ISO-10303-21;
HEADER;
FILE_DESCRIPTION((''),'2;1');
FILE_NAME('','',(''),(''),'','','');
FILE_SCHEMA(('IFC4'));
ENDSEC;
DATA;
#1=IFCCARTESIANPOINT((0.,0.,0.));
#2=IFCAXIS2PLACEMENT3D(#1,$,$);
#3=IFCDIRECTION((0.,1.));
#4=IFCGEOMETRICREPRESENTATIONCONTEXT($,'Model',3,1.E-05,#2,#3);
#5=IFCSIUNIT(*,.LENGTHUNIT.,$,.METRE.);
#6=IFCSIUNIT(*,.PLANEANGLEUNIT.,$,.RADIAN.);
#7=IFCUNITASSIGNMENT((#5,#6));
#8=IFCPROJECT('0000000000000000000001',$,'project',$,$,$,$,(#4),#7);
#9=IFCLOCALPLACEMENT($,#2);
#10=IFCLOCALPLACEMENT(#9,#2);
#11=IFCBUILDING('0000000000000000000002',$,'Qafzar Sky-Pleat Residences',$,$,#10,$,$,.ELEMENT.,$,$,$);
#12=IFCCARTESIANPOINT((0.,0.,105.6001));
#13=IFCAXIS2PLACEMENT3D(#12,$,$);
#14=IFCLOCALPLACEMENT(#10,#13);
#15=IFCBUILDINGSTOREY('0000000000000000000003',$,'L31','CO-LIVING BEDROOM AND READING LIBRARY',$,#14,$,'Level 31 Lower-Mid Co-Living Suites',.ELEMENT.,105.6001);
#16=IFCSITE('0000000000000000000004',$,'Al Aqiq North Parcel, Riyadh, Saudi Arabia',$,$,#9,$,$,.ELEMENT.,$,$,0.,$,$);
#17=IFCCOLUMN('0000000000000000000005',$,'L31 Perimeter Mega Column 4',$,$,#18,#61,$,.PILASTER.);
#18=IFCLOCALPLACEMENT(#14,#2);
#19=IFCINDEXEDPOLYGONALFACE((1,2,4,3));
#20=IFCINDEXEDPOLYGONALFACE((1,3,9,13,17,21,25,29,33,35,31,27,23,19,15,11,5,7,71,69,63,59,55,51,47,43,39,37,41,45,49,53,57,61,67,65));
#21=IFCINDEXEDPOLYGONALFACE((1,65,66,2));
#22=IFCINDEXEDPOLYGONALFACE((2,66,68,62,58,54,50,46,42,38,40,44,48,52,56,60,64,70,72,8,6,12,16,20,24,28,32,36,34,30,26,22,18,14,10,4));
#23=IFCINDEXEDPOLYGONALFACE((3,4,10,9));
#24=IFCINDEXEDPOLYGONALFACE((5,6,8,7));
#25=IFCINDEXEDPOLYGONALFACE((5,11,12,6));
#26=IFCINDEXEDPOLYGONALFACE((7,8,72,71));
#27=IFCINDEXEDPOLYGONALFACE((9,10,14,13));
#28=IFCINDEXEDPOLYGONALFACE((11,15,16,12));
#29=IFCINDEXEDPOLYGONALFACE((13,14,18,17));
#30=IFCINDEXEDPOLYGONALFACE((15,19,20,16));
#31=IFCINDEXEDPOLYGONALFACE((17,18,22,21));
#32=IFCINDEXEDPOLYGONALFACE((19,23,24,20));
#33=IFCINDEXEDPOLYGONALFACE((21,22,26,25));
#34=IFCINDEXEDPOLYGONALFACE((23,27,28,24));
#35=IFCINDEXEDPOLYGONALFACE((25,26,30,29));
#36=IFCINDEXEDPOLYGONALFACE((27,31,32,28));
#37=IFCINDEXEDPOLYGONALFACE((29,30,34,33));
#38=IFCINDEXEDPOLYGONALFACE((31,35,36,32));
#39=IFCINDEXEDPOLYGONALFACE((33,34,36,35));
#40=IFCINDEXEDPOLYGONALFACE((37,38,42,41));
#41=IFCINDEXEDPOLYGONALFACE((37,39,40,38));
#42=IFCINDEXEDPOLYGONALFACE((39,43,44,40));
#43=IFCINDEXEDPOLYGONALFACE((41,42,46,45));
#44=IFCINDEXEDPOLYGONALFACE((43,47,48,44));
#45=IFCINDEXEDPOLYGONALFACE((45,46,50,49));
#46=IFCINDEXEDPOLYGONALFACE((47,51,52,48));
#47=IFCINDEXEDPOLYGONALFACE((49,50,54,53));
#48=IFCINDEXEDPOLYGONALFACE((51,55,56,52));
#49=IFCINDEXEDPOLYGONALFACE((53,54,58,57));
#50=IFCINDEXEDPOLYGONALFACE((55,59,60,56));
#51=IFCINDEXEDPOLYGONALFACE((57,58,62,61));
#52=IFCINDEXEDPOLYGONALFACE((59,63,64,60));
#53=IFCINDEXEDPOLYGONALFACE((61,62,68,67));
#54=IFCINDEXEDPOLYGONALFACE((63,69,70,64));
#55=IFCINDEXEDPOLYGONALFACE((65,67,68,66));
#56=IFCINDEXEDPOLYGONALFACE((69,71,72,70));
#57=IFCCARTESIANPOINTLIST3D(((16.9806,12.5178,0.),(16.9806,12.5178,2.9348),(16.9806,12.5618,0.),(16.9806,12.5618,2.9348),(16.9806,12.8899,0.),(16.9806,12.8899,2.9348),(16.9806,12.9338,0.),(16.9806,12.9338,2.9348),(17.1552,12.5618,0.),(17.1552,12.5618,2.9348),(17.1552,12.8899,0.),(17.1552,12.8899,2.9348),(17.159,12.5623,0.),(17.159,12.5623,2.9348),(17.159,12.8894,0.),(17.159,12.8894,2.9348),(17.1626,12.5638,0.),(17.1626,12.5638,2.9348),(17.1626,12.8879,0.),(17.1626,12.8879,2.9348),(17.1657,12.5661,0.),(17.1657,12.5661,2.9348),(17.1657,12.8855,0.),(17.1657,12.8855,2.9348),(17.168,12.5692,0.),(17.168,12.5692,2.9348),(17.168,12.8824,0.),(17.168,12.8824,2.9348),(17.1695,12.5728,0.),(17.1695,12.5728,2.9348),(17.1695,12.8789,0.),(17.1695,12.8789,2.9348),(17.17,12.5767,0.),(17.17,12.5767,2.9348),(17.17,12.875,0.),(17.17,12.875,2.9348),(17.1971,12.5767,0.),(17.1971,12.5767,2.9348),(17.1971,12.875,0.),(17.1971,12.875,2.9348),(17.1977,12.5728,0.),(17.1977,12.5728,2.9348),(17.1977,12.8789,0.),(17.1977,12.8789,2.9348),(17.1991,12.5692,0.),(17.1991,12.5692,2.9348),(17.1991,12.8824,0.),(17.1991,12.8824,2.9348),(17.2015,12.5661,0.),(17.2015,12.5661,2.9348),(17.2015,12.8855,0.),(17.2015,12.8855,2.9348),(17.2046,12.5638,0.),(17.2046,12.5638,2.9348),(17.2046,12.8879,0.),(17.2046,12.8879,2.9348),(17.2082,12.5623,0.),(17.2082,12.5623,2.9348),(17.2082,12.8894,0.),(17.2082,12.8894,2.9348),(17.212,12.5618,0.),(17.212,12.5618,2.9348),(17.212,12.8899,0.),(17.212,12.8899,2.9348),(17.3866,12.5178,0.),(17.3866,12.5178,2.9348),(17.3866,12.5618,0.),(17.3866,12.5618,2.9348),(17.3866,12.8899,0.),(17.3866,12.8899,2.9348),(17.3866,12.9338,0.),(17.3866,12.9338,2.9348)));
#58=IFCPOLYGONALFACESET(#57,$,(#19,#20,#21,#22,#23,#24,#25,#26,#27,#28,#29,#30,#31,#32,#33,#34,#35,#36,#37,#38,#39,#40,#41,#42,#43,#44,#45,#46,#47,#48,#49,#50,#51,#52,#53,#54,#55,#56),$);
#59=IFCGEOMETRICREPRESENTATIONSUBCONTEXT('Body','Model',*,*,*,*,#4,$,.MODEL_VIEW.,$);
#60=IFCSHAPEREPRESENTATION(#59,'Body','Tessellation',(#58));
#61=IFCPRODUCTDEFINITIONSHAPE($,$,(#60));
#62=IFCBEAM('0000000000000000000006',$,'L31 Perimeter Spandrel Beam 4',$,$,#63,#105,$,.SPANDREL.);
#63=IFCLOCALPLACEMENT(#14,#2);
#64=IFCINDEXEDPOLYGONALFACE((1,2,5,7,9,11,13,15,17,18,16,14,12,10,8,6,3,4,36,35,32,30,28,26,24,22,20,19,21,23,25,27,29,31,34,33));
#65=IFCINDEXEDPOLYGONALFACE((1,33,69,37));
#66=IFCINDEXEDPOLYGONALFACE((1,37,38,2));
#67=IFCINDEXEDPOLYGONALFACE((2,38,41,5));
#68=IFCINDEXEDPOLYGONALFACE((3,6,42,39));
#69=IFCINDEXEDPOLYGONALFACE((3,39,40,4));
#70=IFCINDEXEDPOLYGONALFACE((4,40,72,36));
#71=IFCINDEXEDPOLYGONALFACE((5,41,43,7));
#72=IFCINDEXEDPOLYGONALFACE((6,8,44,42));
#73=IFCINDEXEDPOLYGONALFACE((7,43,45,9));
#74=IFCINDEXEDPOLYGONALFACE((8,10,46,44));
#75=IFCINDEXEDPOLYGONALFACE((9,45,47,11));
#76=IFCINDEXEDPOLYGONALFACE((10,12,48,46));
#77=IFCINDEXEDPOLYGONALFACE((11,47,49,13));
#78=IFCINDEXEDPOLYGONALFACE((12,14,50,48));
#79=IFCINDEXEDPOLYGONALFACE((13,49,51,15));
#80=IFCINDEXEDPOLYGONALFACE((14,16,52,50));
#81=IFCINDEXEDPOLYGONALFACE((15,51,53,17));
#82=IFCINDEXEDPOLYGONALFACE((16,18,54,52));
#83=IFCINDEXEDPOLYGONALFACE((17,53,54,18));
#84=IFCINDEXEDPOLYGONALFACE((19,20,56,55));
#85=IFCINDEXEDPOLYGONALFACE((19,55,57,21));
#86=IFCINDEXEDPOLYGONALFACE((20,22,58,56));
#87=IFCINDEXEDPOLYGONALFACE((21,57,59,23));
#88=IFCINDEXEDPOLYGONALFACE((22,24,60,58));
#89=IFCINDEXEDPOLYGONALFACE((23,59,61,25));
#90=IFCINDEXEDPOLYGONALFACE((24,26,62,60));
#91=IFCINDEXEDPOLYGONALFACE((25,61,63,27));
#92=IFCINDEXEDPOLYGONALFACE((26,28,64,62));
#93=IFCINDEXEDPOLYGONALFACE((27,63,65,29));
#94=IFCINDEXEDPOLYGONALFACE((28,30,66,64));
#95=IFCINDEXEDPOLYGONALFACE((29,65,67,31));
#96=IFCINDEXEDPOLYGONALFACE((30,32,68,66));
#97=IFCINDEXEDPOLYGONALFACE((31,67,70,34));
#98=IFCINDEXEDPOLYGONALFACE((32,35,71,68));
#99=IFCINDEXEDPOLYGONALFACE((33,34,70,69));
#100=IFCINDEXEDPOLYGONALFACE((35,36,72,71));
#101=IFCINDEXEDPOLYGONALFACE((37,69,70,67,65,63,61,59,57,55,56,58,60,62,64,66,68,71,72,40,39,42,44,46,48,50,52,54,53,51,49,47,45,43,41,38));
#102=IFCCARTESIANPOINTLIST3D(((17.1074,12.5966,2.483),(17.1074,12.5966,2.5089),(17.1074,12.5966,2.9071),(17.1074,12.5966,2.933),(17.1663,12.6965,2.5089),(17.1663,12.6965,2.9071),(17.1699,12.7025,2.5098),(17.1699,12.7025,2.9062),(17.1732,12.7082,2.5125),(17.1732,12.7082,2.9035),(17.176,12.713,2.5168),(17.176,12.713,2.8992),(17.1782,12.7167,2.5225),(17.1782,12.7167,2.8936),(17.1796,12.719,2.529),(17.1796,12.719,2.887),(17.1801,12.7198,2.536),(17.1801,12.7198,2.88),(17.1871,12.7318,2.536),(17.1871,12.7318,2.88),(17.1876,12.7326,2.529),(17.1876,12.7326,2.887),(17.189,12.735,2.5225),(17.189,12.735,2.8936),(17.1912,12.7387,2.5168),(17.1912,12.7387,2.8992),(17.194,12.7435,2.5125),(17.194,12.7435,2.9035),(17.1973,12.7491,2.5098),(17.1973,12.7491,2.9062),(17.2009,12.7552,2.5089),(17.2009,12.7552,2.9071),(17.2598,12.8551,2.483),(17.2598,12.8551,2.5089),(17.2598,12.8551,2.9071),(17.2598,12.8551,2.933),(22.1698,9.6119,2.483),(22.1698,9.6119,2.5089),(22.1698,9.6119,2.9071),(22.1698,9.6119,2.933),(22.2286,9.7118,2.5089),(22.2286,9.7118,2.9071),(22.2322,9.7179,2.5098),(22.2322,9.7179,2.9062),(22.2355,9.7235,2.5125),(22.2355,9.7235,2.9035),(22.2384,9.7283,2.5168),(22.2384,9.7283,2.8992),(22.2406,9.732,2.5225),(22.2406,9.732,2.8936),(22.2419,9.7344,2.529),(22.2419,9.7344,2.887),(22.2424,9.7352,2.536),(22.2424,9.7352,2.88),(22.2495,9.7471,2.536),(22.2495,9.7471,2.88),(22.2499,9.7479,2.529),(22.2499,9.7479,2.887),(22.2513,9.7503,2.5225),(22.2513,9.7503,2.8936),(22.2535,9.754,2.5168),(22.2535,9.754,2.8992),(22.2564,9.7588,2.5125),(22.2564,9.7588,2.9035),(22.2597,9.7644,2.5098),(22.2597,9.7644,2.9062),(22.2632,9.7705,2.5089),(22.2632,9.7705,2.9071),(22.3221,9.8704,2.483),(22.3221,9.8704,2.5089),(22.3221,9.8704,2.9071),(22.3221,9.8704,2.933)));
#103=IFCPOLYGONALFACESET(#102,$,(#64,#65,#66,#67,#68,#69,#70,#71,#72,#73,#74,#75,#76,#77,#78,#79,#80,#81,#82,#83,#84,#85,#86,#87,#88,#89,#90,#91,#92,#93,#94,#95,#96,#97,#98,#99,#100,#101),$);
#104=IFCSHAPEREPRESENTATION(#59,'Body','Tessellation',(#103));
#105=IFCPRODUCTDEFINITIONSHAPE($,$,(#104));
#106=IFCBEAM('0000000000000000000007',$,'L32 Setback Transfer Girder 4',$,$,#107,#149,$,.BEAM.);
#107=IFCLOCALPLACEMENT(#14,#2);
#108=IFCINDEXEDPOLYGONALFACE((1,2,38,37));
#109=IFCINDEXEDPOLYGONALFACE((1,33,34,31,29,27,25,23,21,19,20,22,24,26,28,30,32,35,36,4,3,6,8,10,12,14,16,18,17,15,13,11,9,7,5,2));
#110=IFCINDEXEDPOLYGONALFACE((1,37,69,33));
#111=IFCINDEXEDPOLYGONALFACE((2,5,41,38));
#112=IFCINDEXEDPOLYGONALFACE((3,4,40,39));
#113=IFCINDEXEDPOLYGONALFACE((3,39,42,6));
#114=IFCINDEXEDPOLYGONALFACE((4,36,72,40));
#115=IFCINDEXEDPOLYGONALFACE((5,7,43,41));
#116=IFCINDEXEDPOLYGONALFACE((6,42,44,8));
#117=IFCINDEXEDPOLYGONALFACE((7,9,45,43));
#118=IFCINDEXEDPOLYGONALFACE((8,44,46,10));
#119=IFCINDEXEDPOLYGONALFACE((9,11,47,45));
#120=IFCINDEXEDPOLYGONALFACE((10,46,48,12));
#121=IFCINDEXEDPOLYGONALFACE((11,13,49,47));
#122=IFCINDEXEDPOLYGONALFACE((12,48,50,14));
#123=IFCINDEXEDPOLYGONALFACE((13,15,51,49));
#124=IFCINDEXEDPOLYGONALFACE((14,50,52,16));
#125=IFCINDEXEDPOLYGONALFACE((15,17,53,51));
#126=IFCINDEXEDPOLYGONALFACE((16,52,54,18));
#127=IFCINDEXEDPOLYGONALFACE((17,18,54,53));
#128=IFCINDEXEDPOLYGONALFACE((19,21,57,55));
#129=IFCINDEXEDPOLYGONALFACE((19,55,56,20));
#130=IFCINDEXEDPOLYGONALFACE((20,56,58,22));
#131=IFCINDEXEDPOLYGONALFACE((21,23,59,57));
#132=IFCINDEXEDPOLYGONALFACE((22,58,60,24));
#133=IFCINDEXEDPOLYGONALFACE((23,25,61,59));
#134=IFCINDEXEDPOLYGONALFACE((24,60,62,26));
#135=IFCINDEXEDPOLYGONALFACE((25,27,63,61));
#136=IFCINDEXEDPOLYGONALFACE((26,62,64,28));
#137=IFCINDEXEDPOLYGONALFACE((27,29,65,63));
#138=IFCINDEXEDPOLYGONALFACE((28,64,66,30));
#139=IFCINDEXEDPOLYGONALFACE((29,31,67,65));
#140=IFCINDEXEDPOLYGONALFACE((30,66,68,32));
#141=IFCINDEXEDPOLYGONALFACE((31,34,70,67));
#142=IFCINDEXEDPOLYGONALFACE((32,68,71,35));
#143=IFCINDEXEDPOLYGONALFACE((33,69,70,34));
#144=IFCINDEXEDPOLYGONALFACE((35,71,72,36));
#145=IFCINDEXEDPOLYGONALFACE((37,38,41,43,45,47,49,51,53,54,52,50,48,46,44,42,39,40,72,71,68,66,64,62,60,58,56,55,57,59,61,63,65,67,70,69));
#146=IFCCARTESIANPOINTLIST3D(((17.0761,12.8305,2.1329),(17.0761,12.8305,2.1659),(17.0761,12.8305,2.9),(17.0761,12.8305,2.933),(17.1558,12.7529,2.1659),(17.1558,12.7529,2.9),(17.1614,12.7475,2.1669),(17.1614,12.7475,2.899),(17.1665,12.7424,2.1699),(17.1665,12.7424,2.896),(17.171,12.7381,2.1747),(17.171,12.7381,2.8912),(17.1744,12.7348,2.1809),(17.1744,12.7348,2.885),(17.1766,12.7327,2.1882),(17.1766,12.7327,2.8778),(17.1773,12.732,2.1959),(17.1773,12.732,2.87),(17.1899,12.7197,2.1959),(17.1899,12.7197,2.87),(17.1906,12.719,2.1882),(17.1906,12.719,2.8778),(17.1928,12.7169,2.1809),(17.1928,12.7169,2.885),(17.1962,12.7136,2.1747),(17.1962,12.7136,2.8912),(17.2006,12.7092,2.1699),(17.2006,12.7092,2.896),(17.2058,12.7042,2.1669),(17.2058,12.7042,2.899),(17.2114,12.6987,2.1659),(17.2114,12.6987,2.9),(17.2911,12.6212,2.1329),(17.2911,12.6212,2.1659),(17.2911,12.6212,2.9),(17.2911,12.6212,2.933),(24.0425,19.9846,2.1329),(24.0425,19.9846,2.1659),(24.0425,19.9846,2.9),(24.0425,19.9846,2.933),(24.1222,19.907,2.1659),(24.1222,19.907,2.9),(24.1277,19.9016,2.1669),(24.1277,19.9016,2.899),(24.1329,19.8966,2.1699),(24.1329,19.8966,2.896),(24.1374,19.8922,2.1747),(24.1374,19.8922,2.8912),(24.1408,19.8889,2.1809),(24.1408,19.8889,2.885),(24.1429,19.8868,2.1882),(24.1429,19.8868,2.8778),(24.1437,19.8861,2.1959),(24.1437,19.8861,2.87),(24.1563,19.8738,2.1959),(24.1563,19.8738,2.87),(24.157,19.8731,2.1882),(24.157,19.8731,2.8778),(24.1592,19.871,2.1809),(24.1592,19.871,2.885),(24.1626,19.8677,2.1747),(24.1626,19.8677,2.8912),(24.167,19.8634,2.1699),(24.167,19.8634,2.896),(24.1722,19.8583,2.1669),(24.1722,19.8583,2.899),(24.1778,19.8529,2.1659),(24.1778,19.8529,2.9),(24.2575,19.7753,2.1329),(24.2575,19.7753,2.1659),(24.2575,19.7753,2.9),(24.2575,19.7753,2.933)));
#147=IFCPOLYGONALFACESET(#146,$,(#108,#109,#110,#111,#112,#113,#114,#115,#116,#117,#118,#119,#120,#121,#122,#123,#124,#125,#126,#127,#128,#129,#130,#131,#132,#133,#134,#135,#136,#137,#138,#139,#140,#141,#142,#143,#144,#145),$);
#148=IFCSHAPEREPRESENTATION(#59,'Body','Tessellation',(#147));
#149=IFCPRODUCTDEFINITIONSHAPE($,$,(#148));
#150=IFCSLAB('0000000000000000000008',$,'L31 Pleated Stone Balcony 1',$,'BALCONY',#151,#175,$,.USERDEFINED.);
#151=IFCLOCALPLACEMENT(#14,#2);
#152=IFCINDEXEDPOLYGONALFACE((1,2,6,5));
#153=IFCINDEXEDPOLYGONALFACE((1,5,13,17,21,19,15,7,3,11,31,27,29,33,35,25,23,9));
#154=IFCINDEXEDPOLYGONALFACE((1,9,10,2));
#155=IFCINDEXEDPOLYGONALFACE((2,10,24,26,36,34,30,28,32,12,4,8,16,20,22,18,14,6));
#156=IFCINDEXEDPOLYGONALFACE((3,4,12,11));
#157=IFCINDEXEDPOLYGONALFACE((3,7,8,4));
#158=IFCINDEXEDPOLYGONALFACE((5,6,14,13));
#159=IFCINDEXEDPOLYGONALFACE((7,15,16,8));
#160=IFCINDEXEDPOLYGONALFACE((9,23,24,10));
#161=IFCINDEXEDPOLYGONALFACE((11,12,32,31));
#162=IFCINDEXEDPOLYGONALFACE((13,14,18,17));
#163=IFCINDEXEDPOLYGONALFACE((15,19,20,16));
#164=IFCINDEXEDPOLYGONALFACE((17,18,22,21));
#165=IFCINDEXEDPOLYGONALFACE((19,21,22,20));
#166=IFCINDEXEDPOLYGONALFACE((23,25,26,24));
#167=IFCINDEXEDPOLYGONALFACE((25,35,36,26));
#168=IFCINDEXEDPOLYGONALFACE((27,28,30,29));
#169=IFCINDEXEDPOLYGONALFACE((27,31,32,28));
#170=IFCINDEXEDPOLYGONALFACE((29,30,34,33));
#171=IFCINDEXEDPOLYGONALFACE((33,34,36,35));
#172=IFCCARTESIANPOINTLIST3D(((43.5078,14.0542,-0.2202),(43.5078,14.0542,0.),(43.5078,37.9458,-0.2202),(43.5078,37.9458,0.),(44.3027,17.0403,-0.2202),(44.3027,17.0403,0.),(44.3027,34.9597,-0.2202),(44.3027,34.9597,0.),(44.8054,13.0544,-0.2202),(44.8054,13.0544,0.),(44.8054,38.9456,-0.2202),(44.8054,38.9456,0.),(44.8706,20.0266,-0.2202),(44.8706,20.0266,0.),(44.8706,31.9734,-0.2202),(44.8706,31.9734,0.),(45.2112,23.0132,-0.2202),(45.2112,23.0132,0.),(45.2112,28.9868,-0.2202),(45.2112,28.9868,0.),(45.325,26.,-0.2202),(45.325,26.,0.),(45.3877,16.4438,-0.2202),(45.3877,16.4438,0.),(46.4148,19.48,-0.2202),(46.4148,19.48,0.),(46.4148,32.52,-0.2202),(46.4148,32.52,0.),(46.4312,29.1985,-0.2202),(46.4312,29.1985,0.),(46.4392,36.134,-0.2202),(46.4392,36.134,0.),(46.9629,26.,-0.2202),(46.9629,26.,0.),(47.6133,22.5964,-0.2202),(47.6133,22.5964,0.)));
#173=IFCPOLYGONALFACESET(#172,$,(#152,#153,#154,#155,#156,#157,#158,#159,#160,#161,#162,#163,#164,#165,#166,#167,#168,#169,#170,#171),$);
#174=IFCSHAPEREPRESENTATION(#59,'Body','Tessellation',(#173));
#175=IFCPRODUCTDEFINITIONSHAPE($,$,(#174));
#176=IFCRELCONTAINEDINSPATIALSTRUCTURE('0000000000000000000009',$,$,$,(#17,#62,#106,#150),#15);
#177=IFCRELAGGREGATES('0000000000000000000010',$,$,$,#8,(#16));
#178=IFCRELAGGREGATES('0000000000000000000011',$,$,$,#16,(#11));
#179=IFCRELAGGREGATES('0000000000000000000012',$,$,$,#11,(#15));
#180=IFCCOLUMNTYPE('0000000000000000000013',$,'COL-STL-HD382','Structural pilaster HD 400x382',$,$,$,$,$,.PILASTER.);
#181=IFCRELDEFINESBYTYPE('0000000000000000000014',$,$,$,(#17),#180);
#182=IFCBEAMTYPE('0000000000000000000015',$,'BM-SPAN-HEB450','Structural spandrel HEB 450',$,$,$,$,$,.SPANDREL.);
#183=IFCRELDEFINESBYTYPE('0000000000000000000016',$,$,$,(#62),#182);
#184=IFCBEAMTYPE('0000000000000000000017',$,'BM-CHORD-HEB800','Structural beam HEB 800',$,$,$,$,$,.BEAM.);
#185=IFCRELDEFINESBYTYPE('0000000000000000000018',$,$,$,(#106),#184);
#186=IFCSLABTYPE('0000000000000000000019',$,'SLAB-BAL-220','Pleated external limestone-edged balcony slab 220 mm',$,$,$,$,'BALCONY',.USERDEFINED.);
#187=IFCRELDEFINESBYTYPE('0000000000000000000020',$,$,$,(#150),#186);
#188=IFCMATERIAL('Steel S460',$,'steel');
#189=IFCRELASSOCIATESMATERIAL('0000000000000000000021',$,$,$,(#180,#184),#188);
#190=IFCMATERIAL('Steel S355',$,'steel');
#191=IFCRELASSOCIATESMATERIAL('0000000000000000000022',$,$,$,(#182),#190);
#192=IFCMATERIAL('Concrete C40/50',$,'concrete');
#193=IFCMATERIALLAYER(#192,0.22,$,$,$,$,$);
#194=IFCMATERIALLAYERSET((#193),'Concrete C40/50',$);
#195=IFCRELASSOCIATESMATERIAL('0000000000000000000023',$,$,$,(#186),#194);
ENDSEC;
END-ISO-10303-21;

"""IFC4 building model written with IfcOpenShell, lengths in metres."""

from ifc_helpers import new_model, si_unit, direction, frame, origin, origin_2d, place, context, subcontext, project, spatial, polyline, i_section, outline, extrude, source, transform, mapped, material, layer, layer_set, material_profile, profile_set, type_object, element, save


model = new_model("IFC4")

# Units and contexts
model_context = context("Model", 3, precision=1e-05, world=origin(), true_north=direction((0.0, 1.0)))
body_context = subcontext(model_context, "Body", "Model", "MODEL_VIEW")
ifc_project = project(units=[si_unit("LENGTHUNIT", "METRE"), si_unit("PLANEANGLEUNIT", "RADIAN")], contexts=[model_context])

# Site, building, storey
site_placement = place(None, origin())
site = spatial("IfcSite", under=ifc_project, at=site_placement, Name="Al Aqiq North Parcel, Riyadh, Saudi Arabia", CompositionType="ELEMENT", RefElevation=0.0)
building_placement = place(site_placement, origin())
building = spatial("IfcBuilding", under=site, at=building_placement, Name="Qafzar Sky-Pleat Residences", CompositionType="ELEMENT")
storey_placement = place(building_placement, frame((0.0, 0.0, 105.6001)))
storey = spatial("IfcBuildingStorey", under=building, at=storey_placement, Name="L31", Description="CO-LIVING BEDROOM AND READING LIBRARY", LongName="Level 31 Lower-Mid Co-Living Suites", CompositionType="ELEMENT", Elevation=105.6001)

# Column
ifc_material_1 = material(Name="Steel S460", Category="steel")
ifc_material_profile_1 = material_profile(ifc_material_1, i_section(OverallWidth=0.406, OverallDepth=0.416, WebThickness=0.0271, FlangeThickness=0.0439, FilletRadius=0.0149, at=origin_2d()), Name="HD 400x382")
ifc_profile_set_1 = profile_set([ifc_material_profile_1], Name="Steel S460")
column_type = type_object("IfcColumnType", Name="COL-STL-HD382", Description="Structural pilaster HD 400x382", PredefinedType="PILASTER", material=ifc_profile_set_1)
shared_shape_1 = source(origin(), body_context, "Body", "SweptSolid", [
    extrude(i_section(OverallWidth=0.406, OverallDepth=0.416, WebThickness=0.0271, FlangeThickness=0.0439, FilletRadius=0.0149, at=origin_2d()), origin(), (0.0, 0.0, 1.0), 2.9348),
])
column_placement = place(storey_placement, frame((17.1836, 12.7258, 0.0), z_axis=(0.0, 0.0, 1.0), x_axis=(1.0, 0.0, 0.0)))
element("IfcColumn", 1, at=column_placement, inside=storey, type_object=column_type, Name="L31 Perimeter Mega Column 4", PredefinedType="PILASTER", context=body_context, shape_type="MappedRepresentation", body=[
    mapped(shared_shape_1, transform((0.0, 0.0, 0.0), x_axis=(1.0, 0.0, 0.0), y_axis=(0.0, 1.0, 0.0), z_axis=(0.0, 0.0, 1.0), scale=1.0)),
])

# Beams
ifc_material_2 = material(Name="Steel S355", Category="steel")
ifc_material_profile_2 = material_profile(ifc_material_2, i_section(OverallWidth=0.3, OverallDepth=0.45, WebThickness=0.0139, FlangeThickness=0.0259, FilletRadius=0.0271, at=origin_2d()), Name="HEB 450")
ifc_profile_set_2 = profile_set([ifc_material_profile_2], Name="Steel S355")
beam_type_1 = type_object("IfcBeamType", Name="BM-SPAN-HEB450", Description="Structural spandrel HEB 450", PredefinedType="SPANDREL", material=ifc_profile_set_2)
shared_shape_2 = source(origin(), body_context, "Body", "SweptSolid", [
    extrude(i_section(OverallWidth=0.3, OverallDepth=0.45, WebThickness=0.0139, FlangeThickness=0.0259, FilletRadius=0.0271, at=origin_2d()), origin(), (0.0, 0.0, 1.0), 5.8767),
])
beam_1_placement = place(storey_placement, frame((17.1836, 12.7258, 2.708), z_axis=(0.861426, -0.507882, 0.0), x_axis=(0.507882, 0.861426, 0.0)))
element("IfcBeam", 2, at=beam_1_placement, inside=storey, type_object=beam_type_1, Name="L31 Perimeter Spandrel Beam 4", PredefinedType="SPANDREL", context=body_context, shape_type="MappedRepresentation", body=[
    mapped(shared_shape_2, transform((0.0, 0.0, 0.0), x_axis=(1.0, 0.0, 0.0), y_axis=(0.0, 1.0, 0.0), z_axis=(0.0, 0.0, 1.0), scale=1.0)),
])
ifc_material_profile_3 = material_profile(ifc_material_1, i_section(OverallWidth=0.3, OverallDepth=0.8, WebThickness=0.0176, FlangeThickness=0.033, FilletRadius=0.03, at=origin_2d()), Name="HEB 800")
ifc_profile_set_3 = profile_set([ifc_material_profile_3], Name="Steel S460")
beam_type_2 = type_object("IfcBeamType", Name="BM-CHORD-HEB800", Description="Structural beam HEB 800", PredefinedType="BEAM", material=ifc_profile_set_3)
shared_shape_3 = source(origin(), body_context, "Body", "SweptSolid", [
    extrude(i_section(OverallWidth=0.3, OverallDepth=0.8, WebThickness=0.0176, FlangeThickness=0.033, FilletRadius=0.03, at=origin_2d()), origin(), (0.0, 0.0, 1.0), 9.9856),
])
beam_2_placement = place(storey_placement, frame((17.1836, 12.7258, 2.533), z_axis=(0.697643, 0.716445, 0.0), x_axis=(-0.716445, 0.697643, 0.0)))
element("IfcBeam", 3, at=beam_2_placement, inside=storey, type_object=beam_type_2, Name="L32 Setback Transfer Girder 4", PredefinedType="BEAM", context=body_context, shape_type="MappedRepresentation", body=[
    mapped(shared_shape_3, transform((0.0, 0.0, 0.0), x_axis=(1.0, 0.0, 0.0), y_axis=(0.0, 1.0, 0.0), z_axis=(0.0, 0.0, 1.0), scale=1.0)),
])

# Slab
ifc_material_3 = material(Name="Concrete C40/50", Category="concrete")
ifc_layer_1 = layer(ifc_material_3, 0.22)
ifc_layer_set_1 = layer_set([ifc_layer_1], Name="Concrete C40/50")
slab_type_1 = type_object("IfcSlabType", Name="SLAB-BAL-220", Description="Pleated external limestone-edged balcony slab 220 mm", ElementType="BALCONY", PredefinedType="USERDEFINED", material=ifc_layer_set_1)
slab_1_placement = place(storey_placement, frame((0.0, 0.0, -0.2202)))
element("IfcSlab", 4, at=slab_1_placement, inside=storey, type_object=slab_type_1, Name="L31 Pleated Stone Balcony 1", ObjectType="BALCONY", PredefinedType="USERDEFINED", context=body_context, shape_type="SweptSolid", body=[
    extrude(outline(polyline([(44.3027, 17.0403), (44.8706, 20.0266), (45.2112, 23.0132), (45.325, 26.0), (45.2112, 28.9868), (44.8706, 31.9734), (44.3027, 34.9597), (43.5078, 37.9458), (44.8054, 38.9456), (46.4392, 36.134), (46.4148, 32.52), (46.4312, 29.1985), (46.9629, 26.0), (47.6133, 22.5964), (46.4148, 19.48), (45.3877, 16.4438), (44.8054, 13.0544), (43.5078, 14.0542), (44.3027, 17.0403)])), origin(), (0.0, 0.0, 1.0), 0.2202),
])

save(model, "model.ifc")
